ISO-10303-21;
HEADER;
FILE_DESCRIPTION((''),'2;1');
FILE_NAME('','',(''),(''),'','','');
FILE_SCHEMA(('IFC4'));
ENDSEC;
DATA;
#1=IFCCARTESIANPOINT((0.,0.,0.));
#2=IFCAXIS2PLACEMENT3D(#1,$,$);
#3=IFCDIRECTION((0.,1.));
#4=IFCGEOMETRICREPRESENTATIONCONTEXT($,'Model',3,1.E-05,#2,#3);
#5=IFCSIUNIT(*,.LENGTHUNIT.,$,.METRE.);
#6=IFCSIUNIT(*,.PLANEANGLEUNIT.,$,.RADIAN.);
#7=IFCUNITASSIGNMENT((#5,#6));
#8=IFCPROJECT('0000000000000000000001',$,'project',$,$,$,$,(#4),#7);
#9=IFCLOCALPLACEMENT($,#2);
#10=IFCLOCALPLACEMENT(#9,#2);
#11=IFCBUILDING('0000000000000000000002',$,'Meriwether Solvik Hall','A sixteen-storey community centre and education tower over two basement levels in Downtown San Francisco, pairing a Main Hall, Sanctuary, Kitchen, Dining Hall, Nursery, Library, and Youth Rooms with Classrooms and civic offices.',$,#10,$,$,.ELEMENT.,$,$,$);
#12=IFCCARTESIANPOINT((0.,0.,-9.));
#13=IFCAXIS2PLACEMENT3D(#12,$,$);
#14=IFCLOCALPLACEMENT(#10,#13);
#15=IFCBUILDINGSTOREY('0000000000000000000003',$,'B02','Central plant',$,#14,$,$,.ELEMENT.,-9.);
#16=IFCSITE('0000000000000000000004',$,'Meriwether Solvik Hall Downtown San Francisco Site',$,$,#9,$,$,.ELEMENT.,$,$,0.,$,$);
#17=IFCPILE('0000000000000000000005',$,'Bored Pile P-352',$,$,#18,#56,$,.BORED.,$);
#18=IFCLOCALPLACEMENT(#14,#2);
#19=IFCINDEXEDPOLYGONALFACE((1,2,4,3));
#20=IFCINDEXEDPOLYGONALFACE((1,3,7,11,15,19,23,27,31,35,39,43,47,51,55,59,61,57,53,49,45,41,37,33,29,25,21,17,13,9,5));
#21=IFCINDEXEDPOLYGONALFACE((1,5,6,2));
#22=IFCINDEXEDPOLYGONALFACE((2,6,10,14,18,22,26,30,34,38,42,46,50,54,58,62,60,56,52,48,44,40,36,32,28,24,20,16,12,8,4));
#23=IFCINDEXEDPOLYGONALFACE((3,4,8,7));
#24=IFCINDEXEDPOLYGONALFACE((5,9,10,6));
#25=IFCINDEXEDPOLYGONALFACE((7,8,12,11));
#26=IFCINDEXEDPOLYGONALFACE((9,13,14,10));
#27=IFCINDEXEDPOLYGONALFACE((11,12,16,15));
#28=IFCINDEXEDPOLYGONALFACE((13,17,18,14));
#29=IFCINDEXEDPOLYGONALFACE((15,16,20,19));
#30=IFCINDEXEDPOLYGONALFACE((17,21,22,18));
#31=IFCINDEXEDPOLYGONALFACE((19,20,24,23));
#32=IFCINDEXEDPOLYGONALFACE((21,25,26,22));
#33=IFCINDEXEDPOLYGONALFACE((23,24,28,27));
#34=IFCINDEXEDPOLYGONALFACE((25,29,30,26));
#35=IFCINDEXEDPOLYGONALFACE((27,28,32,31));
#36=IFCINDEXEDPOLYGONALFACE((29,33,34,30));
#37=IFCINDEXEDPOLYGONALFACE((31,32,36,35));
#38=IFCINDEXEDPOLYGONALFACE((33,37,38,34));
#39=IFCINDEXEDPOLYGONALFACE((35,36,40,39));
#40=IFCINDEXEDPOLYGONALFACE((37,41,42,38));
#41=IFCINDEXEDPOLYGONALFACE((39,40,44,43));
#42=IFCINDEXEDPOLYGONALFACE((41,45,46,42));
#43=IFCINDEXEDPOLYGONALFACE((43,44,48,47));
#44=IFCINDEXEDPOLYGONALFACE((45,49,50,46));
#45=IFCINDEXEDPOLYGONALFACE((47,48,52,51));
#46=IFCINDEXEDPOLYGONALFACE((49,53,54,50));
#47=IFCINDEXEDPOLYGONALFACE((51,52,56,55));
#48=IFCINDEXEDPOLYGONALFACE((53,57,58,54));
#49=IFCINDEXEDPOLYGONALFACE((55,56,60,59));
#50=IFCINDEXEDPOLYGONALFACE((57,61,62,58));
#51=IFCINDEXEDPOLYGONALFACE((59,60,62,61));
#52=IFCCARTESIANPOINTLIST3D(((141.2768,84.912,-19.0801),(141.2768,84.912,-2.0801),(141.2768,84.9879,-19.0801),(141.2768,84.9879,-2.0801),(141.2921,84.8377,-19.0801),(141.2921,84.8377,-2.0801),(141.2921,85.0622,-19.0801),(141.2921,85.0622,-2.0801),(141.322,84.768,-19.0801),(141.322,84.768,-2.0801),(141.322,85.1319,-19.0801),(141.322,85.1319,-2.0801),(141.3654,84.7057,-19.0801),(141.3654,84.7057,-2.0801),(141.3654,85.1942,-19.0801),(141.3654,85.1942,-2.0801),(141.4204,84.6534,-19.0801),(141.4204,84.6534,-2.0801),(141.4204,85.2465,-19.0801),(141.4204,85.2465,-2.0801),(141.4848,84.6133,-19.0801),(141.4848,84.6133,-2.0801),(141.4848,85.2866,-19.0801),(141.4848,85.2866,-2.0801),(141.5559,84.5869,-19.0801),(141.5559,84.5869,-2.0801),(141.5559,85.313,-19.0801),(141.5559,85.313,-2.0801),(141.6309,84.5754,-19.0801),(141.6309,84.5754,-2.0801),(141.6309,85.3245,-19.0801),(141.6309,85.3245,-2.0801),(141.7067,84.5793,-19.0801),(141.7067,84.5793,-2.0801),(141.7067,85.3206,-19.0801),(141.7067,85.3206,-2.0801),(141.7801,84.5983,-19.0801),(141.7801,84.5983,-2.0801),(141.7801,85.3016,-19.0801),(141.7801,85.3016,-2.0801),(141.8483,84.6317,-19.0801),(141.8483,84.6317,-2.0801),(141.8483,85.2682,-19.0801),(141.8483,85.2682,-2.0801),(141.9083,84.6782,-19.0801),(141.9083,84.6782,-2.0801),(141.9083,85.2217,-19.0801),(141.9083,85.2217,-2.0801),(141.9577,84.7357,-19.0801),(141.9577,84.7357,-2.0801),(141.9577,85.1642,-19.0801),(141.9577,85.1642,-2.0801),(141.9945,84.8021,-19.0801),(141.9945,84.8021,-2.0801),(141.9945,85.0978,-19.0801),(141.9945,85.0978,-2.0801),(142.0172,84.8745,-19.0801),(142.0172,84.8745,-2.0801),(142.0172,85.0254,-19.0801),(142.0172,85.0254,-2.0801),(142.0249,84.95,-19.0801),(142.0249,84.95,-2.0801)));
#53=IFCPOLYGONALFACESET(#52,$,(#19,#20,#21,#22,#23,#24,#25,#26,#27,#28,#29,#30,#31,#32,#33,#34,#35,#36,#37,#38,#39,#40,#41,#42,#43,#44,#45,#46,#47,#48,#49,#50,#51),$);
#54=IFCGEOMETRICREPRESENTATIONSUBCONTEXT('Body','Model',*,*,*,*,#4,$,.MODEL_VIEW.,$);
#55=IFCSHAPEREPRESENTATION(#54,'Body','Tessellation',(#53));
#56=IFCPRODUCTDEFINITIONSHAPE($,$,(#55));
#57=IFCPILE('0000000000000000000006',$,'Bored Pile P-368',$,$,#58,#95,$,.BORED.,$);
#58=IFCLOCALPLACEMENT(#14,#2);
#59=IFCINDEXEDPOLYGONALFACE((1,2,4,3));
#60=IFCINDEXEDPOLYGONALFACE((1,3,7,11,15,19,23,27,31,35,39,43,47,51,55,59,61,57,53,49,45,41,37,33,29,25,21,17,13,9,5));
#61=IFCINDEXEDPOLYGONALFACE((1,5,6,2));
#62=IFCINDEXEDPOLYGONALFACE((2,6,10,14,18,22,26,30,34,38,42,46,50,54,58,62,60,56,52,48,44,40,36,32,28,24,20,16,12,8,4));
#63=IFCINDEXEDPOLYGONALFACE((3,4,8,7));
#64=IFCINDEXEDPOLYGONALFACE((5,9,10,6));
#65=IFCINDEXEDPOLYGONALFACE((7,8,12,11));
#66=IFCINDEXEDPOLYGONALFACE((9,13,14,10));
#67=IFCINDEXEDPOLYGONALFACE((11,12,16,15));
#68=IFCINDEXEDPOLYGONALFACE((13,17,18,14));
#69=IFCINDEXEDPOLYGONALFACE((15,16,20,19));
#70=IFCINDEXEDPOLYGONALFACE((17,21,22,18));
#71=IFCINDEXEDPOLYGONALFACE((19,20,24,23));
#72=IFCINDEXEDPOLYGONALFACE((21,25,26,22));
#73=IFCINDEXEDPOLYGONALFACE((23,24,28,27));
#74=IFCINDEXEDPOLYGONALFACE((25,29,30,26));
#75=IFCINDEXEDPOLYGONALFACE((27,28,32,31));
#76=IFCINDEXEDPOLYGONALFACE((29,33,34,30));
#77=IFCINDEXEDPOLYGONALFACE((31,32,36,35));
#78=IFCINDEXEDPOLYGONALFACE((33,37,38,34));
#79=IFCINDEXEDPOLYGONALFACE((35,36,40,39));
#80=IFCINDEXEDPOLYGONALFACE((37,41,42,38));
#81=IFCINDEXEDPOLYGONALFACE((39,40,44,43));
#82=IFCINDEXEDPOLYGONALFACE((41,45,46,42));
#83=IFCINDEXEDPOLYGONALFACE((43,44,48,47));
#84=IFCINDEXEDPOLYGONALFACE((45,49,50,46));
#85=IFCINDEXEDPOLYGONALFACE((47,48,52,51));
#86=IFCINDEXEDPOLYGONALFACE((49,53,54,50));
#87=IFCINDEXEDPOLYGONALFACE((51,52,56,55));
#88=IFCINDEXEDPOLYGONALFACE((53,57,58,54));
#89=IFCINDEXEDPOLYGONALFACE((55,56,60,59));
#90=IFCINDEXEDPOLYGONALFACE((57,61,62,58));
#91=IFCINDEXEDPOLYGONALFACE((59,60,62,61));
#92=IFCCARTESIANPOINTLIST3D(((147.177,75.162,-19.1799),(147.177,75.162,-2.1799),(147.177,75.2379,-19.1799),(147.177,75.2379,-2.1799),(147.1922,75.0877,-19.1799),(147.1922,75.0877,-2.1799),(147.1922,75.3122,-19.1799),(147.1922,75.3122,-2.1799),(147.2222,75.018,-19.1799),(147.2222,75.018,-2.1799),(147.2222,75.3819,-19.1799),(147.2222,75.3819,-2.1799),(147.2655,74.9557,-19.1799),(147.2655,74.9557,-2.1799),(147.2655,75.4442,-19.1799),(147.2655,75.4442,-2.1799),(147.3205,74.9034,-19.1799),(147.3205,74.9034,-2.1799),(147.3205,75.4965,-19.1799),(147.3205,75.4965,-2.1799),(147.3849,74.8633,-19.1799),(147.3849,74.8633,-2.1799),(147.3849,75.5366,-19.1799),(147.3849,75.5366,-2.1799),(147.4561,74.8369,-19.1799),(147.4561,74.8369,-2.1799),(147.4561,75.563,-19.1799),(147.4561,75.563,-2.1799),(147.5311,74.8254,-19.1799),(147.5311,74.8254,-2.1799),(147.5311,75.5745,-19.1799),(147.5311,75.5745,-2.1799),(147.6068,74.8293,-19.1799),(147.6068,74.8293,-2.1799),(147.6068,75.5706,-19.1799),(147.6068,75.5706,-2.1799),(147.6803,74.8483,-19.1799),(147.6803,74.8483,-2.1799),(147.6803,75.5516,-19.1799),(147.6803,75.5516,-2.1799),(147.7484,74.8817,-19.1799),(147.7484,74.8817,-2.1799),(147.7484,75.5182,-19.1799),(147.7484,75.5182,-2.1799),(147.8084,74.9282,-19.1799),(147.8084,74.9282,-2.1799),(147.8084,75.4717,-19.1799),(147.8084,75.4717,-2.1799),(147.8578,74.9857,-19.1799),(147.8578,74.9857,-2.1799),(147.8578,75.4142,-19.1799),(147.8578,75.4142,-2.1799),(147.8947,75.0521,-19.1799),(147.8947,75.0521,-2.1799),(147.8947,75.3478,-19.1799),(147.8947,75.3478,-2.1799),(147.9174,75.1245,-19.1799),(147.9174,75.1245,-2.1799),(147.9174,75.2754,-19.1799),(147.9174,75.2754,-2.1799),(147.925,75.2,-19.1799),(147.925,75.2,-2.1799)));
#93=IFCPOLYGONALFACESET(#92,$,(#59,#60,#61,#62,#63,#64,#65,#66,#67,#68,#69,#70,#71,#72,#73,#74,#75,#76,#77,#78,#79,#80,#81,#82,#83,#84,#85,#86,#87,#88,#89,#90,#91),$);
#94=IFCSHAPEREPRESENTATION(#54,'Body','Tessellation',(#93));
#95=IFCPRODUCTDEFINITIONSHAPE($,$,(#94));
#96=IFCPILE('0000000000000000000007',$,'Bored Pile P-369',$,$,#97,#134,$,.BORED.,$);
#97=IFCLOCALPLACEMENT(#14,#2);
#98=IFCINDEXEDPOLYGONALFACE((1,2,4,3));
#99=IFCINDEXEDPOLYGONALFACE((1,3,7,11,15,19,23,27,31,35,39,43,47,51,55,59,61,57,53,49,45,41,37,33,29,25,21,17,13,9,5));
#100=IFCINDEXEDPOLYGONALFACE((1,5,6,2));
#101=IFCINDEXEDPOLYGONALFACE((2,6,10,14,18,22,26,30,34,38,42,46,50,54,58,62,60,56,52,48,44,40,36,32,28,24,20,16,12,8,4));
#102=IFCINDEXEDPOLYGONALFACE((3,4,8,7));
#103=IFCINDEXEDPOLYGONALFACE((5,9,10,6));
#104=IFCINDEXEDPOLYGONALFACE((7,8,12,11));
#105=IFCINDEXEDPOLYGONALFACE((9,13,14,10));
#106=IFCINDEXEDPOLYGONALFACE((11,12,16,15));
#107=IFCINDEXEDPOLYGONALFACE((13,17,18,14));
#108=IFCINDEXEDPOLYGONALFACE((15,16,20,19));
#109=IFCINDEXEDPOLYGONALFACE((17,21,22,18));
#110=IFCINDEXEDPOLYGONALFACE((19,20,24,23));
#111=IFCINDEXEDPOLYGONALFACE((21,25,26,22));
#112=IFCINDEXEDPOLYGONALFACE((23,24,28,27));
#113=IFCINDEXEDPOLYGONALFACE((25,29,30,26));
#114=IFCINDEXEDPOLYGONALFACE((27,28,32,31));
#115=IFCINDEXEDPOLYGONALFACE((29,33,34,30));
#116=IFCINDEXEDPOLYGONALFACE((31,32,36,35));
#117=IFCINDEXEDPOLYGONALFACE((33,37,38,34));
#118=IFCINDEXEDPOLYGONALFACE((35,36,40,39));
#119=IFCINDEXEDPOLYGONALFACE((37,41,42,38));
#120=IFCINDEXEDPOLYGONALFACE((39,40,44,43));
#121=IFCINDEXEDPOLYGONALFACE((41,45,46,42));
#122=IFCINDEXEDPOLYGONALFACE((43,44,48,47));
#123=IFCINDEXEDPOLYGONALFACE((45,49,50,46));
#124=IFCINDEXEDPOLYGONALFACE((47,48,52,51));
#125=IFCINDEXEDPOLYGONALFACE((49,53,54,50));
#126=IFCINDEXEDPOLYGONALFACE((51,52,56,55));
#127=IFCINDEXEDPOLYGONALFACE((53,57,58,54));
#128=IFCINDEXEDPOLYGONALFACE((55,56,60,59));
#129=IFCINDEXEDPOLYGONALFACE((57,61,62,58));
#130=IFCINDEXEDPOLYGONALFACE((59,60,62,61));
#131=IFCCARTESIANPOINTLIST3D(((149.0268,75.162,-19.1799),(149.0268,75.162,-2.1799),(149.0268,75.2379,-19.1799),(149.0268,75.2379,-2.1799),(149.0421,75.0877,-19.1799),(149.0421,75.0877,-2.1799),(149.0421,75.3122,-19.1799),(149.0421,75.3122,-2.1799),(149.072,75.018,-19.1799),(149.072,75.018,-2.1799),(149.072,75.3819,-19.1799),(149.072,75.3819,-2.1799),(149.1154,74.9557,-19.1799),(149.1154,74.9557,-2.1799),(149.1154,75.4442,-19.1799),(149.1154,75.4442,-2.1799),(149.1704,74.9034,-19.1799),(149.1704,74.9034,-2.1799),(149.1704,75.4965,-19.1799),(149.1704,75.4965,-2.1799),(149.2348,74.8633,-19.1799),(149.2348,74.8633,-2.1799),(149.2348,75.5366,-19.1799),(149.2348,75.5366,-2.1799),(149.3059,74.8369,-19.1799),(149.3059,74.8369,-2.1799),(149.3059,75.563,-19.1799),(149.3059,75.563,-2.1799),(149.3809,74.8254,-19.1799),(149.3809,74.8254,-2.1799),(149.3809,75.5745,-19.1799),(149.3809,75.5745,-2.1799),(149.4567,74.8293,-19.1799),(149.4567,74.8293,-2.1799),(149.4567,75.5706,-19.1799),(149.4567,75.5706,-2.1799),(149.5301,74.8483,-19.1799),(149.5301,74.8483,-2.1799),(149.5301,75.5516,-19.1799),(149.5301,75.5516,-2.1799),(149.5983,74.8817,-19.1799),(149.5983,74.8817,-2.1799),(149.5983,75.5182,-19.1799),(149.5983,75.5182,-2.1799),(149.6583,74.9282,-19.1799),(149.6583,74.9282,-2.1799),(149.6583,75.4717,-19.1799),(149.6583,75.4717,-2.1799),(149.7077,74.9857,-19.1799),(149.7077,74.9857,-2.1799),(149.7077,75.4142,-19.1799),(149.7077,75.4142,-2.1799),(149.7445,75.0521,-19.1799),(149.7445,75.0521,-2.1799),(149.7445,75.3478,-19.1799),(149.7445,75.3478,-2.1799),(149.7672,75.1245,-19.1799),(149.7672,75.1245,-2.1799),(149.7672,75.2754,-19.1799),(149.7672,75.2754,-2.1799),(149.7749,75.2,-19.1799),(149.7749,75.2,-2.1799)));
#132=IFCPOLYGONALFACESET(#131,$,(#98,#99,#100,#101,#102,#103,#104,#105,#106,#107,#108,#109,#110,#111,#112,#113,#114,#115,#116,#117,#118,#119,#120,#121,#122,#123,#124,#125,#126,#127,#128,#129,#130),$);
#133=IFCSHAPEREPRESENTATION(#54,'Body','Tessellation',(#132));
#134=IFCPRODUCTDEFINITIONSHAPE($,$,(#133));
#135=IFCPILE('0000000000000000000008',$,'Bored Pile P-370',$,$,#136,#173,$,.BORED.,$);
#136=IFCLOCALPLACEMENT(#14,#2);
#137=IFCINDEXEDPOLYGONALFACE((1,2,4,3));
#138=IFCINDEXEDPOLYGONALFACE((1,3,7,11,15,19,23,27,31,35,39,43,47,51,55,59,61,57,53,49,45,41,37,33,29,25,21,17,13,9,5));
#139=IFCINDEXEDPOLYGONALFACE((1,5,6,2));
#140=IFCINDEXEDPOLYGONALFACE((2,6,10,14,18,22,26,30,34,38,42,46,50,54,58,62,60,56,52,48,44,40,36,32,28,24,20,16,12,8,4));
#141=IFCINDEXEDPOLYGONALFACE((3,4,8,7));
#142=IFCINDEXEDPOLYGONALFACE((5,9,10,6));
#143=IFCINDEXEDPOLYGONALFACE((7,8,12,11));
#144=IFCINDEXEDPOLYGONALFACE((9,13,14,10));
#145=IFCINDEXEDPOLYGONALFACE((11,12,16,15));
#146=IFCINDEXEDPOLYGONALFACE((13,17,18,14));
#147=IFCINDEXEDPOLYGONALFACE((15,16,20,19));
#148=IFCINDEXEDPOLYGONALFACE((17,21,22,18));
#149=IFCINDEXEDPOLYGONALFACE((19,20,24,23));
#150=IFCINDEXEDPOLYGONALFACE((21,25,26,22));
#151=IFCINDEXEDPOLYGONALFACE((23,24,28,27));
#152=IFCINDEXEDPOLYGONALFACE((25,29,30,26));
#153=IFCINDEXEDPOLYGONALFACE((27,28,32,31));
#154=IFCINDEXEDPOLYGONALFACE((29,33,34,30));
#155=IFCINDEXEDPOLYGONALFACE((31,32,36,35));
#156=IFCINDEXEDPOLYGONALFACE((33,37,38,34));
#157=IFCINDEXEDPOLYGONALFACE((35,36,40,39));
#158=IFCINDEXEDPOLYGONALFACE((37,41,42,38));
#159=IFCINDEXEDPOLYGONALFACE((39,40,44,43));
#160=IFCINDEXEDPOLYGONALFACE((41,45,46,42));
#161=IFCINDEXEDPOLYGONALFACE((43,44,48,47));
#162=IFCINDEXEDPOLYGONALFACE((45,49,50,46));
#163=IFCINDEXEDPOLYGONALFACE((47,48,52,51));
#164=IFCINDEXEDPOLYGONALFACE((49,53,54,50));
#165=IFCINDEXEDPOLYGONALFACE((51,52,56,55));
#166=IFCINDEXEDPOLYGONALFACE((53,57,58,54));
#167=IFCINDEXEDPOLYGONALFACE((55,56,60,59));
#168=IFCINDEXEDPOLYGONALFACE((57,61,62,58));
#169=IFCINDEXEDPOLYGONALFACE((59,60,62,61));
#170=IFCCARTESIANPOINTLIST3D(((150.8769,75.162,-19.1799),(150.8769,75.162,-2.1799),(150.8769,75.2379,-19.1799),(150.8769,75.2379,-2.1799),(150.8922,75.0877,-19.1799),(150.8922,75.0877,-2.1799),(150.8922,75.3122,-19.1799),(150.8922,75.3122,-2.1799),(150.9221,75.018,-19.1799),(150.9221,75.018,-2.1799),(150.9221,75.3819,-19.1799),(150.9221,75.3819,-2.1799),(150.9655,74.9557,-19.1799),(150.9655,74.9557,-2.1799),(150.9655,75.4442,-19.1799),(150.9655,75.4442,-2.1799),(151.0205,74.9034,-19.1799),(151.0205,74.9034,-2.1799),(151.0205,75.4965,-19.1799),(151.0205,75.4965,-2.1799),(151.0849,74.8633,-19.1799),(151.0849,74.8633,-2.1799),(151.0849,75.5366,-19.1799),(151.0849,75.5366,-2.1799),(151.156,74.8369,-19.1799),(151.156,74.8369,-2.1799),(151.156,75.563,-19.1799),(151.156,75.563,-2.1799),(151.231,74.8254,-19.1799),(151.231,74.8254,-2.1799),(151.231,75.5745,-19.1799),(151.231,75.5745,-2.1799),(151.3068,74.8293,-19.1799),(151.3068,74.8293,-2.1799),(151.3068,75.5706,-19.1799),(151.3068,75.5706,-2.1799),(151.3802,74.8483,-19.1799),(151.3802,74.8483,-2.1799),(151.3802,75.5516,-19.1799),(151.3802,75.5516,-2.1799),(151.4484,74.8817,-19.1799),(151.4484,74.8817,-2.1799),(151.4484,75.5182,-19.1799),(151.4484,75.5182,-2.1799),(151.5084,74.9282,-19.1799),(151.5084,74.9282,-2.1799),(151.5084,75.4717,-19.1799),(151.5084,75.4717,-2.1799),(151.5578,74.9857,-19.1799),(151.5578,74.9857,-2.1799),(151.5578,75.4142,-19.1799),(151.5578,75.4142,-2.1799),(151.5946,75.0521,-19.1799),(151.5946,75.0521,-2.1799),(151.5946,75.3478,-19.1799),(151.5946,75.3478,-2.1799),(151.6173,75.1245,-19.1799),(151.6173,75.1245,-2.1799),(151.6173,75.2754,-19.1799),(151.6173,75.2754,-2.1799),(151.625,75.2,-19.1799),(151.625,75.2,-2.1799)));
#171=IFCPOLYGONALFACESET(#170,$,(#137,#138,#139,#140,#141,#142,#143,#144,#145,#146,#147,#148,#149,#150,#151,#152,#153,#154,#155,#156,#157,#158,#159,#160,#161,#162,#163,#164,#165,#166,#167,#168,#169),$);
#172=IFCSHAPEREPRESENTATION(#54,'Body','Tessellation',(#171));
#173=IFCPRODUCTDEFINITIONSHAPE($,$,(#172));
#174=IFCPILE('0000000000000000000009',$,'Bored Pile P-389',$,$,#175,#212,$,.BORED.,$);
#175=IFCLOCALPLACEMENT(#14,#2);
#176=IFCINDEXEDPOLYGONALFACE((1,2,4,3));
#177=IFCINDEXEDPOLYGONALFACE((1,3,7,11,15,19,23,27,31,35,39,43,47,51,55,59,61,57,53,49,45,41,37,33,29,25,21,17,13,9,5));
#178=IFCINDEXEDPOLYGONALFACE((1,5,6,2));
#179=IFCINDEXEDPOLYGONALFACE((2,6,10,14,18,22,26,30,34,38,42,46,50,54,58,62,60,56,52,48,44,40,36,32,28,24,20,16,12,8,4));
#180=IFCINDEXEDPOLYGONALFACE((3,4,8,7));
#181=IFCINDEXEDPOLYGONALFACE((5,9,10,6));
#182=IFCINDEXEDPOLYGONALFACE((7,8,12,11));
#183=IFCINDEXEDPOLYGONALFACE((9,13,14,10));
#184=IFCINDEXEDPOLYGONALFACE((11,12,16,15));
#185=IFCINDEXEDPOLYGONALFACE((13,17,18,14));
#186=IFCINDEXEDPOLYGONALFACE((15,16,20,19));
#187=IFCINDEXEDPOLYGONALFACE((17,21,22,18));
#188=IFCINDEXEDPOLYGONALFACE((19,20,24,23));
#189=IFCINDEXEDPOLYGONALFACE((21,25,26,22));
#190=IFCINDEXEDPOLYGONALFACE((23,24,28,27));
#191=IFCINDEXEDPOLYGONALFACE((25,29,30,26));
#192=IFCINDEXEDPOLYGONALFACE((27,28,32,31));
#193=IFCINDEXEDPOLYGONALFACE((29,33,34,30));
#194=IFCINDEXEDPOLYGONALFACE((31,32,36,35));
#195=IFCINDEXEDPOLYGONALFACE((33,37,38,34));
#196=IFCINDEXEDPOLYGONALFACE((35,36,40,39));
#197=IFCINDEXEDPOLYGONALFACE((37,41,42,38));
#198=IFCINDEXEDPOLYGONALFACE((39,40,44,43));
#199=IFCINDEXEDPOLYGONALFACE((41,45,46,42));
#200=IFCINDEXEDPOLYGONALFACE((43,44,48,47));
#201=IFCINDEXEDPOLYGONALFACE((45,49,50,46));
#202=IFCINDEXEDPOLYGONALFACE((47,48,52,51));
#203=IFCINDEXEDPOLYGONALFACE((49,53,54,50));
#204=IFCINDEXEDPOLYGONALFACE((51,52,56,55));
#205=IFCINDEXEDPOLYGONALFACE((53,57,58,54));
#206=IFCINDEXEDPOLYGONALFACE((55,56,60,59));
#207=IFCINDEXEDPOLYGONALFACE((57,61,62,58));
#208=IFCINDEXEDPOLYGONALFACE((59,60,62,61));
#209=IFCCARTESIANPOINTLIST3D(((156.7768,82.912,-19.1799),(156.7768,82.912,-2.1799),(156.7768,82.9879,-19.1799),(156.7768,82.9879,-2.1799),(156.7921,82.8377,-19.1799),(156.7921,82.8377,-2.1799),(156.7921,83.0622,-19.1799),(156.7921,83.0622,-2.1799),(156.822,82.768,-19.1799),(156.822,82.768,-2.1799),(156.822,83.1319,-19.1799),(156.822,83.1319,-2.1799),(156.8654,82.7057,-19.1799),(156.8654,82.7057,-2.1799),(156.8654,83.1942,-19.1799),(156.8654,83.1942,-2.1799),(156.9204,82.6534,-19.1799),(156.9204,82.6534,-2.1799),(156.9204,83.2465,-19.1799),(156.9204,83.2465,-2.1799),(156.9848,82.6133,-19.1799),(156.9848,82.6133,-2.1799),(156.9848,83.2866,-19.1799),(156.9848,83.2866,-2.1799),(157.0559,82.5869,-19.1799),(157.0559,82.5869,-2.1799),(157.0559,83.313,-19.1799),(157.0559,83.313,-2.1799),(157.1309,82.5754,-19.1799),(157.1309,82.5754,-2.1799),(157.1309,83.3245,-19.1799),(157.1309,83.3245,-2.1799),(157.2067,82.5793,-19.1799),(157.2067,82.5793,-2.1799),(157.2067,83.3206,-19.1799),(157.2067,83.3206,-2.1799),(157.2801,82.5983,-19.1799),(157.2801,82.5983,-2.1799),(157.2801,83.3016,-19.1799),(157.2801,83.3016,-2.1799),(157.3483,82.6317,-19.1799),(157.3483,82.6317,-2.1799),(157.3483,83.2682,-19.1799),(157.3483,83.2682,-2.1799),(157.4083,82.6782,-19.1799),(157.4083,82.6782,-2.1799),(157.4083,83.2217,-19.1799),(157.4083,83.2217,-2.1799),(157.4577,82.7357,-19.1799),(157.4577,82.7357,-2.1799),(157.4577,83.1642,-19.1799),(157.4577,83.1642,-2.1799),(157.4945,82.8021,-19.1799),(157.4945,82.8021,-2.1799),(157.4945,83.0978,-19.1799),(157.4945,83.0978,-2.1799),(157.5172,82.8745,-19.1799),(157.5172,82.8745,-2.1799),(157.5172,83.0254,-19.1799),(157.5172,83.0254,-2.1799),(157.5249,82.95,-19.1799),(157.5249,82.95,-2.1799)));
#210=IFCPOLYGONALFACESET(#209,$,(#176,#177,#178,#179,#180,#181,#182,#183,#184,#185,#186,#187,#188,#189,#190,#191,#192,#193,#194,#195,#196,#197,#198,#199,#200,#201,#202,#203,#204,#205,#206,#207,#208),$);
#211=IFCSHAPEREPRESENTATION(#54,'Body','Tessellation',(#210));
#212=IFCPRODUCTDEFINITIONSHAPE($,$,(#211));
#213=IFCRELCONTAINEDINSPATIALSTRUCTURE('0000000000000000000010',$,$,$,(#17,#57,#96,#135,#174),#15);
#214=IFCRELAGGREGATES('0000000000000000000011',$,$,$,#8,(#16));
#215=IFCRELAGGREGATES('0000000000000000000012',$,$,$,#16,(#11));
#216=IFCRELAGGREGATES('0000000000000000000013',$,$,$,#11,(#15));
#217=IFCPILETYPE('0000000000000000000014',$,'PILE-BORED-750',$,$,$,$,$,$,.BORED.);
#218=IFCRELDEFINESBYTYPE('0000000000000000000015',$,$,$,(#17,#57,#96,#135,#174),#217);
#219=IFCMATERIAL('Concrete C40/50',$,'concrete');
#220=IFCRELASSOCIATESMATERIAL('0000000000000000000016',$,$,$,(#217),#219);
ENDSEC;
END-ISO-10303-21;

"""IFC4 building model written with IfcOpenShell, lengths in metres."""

from ifc_helpers import new_model, si_unit, direction, frame, origin, origin_2d, place, context, subcontext, project, spatial, circle, extrude, material, material_profile, profile_set, type_object, element, save


model = new_model("IFC4")

# Units and contexts
model_context = context("Model", 3, precision=1e-05, world=origin(), true_north=direction((0.0, 1.0)))
body_context = subcontext(model_context, "Body", "Model", "MODEL_VIEW")
ifc_project = project(units=[si_unit("LENGTHUNIT", "METRE"), si_unit("PLANEANGLEUNIT", "RADIAN")], contexts=[model_context])

# Site, building, storey
site_placement = place(None, origin())
site = spatial("IfcSite", under=ifc_project, at=site_placement, Name="Meriwether Solvik Hall Downtown San Francisco Site", CompositionType="ELEMENT", RefElevation=0.0)
building_placement = place(site_placement, origin())
building = spatial("IfcBuilding", under=site, at=building_placement, Name="Meriwether Solvik Hall", Description="A sixteen-storey community centre and education tower over two basement levels in Downtown San Francisco, pairing a Main Hall, Sanctuary, Kitchen, Dining Hall, Nursery, Library, and Youth Rooms with Classrooms and civic offices.", CompositionType="ELEMENT")
storey_placement = place(building_placement, frame((0.0, 0.0, -9.0)))
storey = spatial("IfcBuildingStorey", under=building, at=storey_placement, Name="B02", Description="Central plant", CompositionType="ELEMENT", Elevation=-9.0)

# Piles
ifc_material_1 = material(Name="Concrete C40/50", Category="concrete")
ifc_material_profile_1 = material_profile(ifc_material_1, circle(Radius=0.375, at=origin_2d()), Name="PILE-D750")
ifc_profile_set_1 = profile_set([ifc_material_profile_1], Name="Concrete C40/50")
pile_type_1 = type_object("IfcPileType", Name="PILE-BORED-750", PredefinedType="BORED", material=ifc_profile_set_1)
for number, where, z_axis, x_axis, name in (
    (1, (141.6499, 84.95, -2.0801), (0.0, 0.0, -1.0), (1.0, 0.0, 0.0), "Bored Pile P-352"),
    (2, (147.55, 75.2, -2.1799), (0.0, 0.0, -1.0), (1.0, 0.0, 0.0), "Bored Pile P-368"),
    (3, (149.3999, 75.2, -2.1799), (0.0, 0.0, -1.0), (1.0, 0.0, 0.0), "Bored Pile P-369"),
    (4, (151.25, 75.2, -2.1799), (0.0, 0.0, -1.0), (1.0, 0.0, 0.0), "Bored Pile P-370"),
    (5, (157.1499, 82.95, -2.1799), (0.0, 0.0, -1.0), (1.0, 0.0, 0.0), "Bored Pile P-389"),
):
    element("IfcPile", number, at=place(storey_placement, frame(where, z_axis=z_axis, x_axis=x_axis)), inside=storey, type_object=pile_type_1, Name=name, PredefinedType="BORED", context=body_context, shape_type="SweptSolid", body=[
        extrude(circle(Radius=0.375, at=origin_2d()), origin(), (0.0, 0.0, 1.0), 17.0),
    ])

save(model, "model.ifc")
